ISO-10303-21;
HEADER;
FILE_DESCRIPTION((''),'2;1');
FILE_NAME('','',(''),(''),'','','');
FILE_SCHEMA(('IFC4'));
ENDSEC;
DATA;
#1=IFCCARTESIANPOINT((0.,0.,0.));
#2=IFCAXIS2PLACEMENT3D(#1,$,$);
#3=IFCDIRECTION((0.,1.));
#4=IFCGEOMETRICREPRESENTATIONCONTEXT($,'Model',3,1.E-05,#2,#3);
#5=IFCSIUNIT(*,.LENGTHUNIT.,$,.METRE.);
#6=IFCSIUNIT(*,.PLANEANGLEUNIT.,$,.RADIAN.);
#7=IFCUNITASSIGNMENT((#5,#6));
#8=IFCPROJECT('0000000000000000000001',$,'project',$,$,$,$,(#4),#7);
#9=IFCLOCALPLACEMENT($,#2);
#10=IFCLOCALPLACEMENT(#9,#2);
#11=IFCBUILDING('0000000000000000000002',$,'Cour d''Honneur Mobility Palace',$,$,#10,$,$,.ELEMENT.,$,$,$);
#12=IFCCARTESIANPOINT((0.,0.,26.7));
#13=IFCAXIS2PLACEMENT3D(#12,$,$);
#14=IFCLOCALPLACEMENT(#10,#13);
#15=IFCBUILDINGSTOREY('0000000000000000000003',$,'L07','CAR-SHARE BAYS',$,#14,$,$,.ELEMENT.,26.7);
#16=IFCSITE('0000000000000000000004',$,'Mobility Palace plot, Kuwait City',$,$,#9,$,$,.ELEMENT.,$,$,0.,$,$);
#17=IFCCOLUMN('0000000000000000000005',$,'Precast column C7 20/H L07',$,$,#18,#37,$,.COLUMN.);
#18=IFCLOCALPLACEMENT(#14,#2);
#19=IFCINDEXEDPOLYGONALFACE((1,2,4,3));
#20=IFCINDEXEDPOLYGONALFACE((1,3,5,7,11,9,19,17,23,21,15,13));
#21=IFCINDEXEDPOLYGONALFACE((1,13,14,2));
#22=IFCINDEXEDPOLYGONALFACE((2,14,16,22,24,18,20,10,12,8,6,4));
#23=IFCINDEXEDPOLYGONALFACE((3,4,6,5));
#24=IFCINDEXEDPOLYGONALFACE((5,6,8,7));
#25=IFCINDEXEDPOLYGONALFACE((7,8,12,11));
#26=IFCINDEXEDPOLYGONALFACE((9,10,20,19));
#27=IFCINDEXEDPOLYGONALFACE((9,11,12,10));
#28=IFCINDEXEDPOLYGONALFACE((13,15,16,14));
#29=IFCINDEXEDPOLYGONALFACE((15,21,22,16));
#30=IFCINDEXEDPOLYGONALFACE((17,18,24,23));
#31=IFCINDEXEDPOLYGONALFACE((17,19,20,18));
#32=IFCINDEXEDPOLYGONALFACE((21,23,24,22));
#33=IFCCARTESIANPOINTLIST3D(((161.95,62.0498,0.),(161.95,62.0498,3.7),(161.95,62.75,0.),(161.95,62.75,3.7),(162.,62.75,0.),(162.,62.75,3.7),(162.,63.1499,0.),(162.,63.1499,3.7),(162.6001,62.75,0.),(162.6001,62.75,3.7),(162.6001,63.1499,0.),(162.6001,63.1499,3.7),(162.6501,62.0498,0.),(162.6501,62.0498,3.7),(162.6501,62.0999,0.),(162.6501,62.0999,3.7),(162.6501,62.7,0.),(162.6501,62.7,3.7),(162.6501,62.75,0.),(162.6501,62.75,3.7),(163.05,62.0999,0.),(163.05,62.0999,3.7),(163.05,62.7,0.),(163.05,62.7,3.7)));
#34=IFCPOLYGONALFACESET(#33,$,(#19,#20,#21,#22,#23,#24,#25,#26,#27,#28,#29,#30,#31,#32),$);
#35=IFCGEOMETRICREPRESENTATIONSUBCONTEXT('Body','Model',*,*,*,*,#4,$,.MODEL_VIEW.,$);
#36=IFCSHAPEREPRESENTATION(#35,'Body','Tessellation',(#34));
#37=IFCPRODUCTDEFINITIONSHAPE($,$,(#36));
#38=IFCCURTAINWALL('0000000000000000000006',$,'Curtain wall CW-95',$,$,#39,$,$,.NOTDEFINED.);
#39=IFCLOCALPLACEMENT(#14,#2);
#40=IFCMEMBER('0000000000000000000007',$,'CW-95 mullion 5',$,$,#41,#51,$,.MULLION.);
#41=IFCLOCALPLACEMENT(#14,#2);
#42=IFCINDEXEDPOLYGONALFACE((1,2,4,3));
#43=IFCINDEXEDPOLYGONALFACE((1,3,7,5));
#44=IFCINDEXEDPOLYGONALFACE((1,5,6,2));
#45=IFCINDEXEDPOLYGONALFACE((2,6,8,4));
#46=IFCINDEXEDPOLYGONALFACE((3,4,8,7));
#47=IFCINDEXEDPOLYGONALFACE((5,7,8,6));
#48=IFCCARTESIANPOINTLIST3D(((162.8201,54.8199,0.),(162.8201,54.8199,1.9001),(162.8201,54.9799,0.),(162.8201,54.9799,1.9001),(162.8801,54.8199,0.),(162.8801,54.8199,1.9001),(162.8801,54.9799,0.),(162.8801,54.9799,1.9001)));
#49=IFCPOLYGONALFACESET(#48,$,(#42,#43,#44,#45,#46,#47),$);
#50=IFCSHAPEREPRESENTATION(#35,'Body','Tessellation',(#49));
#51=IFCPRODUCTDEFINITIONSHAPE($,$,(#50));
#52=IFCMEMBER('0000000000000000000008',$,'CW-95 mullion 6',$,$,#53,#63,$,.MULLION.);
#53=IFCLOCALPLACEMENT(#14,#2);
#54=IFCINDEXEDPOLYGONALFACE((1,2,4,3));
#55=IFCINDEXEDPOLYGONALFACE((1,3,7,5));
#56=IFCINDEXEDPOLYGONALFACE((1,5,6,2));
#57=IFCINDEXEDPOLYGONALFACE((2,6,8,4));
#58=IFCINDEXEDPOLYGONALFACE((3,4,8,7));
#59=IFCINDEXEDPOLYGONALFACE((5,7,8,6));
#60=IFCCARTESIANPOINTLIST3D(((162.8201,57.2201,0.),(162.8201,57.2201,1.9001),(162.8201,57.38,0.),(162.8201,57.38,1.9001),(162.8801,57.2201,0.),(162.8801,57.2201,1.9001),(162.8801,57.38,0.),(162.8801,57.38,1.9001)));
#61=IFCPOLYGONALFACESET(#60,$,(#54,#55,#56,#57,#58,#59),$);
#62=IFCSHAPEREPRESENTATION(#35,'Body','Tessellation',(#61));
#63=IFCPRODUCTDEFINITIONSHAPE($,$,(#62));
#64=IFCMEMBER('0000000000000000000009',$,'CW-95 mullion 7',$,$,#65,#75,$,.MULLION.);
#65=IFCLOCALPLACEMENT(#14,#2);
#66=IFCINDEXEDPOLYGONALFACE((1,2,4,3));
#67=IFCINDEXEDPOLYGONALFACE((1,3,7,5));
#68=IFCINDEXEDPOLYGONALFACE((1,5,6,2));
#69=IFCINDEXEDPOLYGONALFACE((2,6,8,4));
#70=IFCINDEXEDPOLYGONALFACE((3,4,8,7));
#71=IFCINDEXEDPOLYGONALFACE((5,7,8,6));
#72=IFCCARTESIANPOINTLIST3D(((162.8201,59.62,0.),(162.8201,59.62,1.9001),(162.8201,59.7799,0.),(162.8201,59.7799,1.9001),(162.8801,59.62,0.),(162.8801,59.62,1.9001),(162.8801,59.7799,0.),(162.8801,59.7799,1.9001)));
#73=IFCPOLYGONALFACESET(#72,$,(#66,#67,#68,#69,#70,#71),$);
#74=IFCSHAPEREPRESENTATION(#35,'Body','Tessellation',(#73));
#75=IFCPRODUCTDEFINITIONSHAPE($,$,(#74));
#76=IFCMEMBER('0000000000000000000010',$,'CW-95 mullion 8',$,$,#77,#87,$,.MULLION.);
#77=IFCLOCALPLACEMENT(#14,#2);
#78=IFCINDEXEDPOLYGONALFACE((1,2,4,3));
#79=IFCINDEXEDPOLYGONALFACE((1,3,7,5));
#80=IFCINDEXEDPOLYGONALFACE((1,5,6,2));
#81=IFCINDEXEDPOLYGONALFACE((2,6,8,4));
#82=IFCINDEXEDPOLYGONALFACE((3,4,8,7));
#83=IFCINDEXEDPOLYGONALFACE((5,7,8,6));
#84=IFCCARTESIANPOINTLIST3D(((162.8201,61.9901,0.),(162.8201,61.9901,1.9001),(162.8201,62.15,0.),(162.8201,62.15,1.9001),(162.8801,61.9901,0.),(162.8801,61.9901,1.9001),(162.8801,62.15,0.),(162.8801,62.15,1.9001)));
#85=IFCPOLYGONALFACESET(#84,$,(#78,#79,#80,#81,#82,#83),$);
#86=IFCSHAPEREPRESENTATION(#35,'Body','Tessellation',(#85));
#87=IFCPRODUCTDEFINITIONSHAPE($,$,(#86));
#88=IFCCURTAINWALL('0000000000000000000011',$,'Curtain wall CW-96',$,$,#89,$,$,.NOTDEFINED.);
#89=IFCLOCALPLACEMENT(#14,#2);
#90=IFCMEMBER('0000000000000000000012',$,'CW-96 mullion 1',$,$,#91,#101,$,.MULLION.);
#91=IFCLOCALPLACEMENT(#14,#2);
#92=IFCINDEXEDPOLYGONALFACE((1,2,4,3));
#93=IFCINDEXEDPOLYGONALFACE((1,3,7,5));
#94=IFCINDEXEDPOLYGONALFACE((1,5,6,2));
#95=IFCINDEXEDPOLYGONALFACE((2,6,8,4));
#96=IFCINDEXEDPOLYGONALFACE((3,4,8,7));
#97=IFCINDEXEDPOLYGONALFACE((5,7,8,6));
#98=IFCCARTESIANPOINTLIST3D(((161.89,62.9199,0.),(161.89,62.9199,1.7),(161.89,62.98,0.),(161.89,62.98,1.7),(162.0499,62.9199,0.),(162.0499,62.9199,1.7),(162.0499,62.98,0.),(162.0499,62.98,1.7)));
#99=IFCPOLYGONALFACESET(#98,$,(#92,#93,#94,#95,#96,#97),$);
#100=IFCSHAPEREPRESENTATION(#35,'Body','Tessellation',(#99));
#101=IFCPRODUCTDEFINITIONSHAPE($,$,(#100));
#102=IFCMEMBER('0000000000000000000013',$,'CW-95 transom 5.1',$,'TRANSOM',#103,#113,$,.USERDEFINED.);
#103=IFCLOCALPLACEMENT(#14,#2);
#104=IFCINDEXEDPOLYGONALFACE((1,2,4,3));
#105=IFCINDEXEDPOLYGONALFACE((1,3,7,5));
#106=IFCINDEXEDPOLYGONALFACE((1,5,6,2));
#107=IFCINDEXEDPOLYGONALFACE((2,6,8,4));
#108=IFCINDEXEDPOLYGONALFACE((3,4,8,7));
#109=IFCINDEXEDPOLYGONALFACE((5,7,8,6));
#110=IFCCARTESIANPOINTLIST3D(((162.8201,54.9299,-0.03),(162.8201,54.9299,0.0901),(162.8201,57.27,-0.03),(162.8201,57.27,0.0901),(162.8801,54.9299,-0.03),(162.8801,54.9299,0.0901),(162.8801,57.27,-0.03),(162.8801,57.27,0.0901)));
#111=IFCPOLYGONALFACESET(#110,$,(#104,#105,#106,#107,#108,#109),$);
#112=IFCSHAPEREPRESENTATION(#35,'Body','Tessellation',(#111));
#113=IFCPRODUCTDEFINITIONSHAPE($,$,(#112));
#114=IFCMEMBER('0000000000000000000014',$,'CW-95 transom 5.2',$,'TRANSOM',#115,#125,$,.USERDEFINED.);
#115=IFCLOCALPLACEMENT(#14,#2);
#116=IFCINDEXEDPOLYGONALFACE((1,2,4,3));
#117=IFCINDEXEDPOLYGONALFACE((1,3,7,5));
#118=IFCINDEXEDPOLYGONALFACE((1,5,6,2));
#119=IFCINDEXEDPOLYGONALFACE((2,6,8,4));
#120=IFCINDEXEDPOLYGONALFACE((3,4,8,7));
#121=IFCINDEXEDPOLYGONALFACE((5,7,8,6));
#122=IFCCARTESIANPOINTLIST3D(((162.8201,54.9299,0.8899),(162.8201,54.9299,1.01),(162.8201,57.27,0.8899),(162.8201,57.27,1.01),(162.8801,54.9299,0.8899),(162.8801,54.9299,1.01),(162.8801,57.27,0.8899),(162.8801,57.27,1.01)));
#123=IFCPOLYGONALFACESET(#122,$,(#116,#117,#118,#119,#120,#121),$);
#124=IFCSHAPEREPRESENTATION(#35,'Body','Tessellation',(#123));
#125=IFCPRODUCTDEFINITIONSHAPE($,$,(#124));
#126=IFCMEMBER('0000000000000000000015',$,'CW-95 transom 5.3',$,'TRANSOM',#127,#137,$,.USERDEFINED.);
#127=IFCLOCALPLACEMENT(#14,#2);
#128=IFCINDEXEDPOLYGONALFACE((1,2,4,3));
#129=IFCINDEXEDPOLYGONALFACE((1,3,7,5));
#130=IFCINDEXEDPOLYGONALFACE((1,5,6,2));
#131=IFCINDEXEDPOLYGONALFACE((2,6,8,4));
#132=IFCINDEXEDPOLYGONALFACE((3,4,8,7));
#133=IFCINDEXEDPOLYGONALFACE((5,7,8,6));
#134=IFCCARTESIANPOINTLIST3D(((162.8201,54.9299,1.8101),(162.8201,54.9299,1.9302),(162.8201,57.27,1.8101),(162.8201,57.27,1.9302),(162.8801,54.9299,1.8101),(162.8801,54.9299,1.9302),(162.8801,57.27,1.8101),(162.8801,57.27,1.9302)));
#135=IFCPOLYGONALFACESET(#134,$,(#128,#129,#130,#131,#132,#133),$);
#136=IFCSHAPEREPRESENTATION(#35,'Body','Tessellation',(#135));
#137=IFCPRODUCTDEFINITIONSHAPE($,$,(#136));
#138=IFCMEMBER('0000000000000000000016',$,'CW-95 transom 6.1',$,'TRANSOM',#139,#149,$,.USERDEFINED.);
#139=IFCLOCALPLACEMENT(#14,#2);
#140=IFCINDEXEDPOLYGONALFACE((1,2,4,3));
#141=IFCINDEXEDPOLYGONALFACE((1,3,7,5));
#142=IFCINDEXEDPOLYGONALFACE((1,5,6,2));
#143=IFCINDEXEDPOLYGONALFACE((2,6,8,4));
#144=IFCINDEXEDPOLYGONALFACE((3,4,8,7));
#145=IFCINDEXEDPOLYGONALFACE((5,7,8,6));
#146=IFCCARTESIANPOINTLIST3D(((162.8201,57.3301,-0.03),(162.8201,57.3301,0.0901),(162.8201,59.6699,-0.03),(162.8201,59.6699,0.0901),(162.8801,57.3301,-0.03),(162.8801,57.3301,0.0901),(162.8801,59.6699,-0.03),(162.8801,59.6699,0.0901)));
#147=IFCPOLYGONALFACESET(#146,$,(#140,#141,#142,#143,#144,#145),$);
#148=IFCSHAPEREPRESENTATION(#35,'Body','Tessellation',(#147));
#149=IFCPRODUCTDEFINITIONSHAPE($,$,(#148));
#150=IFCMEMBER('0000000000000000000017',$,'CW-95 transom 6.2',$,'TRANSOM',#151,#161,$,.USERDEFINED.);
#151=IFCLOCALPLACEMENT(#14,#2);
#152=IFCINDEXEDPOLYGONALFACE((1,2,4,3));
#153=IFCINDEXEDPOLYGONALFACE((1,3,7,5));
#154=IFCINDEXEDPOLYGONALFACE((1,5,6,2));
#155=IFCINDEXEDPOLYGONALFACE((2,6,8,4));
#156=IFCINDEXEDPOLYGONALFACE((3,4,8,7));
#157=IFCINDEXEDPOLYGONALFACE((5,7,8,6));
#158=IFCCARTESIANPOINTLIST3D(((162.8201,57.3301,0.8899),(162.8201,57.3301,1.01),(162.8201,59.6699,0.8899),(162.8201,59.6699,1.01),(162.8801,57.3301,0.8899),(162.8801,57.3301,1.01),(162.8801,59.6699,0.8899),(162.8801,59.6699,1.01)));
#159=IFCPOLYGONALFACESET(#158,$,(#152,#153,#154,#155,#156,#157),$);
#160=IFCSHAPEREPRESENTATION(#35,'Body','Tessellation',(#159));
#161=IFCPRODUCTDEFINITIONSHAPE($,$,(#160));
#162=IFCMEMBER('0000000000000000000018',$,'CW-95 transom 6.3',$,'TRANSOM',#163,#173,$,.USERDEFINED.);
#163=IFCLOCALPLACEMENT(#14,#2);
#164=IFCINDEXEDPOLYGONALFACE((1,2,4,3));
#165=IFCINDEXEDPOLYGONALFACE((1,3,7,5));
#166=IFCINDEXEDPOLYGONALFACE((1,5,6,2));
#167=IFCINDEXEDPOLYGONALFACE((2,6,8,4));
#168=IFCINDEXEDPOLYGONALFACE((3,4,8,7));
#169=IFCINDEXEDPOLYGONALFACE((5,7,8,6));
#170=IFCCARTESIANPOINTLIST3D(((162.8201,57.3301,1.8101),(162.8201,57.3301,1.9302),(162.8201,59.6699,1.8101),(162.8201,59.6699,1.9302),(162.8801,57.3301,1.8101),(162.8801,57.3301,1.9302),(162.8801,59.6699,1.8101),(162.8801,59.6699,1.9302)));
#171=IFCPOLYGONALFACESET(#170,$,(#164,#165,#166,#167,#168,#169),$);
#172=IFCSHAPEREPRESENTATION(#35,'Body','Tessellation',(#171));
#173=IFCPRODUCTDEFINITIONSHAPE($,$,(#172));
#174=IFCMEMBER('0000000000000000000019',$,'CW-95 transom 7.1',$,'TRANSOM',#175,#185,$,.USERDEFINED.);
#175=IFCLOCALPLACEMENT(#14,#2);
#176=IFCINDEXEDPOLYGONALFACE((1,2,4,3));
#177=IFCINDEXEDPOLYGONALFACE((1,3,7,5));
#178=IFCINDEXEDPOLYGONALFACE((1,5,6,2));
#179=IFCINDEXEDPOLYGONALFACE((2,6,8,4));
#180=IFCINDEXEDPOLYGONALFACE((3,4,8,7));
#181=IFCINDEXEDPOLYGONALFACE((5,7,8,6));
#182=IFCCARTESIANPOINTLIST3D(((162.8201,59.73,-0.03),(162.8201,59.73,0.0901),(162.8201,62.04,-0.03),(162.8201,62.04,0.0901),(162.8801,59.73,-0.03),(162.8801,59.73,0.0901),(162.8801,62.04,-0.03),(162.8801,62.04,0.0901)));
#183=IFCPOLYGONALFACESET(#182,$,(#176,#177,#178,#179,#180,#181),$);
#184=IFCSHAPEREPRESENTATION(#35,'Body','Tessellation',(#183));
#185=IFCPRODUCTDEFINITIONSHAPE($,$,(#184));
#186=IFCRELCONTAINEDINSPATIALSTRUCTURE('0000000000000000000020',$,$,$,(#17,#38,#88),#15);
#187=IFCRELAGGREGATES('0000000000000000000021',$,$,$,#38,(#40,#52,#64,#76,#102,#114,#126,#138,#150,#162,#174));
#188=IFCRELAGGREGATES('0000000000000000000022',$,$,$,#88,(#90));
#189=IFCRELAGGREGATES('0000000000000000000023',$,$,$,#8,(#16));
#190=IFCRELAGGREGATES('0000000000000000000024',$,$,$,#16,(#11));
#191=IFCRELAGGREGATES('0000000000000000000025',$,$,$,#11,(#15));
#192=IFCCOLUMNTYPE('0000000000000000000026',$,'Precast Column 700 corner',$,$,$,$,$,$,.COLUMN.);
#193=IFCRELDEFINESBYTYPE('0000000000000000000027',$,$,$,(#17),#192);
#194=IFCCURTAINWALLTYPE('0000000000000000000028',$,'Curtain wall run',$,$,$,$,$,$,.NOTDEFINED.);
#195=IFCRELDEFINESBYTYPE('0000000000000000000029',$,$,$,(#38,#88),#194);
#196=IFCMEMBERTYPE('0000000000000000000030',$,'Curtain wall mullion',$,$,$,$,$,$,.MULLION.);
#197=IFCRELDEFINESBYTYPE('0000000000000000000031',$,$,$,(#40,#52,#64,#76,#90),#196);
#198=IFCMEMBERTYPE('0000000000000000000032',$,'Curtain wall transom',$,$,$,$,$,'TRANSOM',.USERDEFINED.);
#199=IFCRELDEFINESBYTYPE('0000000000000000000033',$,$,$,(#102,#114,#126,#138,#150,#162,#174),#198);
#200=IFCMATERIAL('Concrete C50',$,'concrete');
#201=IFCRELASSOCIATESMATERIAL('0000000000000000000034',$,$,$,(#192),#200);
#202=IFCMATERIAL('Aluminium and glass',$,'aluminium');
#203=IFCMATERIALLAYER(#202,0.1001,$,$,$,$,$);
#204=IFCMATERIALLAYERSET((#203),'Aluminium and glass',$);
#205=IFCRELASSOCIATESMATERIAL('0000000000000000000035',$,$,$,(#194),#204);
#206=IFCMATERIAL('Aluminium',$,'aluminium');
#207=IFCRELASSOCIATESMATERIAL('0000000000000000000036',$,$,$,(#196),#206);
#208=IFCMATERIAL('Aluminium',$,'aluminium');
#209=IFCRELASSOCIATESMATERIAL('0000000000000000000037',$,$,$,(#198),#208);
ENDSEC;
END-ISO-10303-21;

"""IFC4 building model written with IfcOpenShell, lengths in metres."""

from ifc_helpers import new_model, si_unit, direction, frame, origin, origin_2d, place, context, subcontext, project, spatial, polyline, rectangle, outline, extrude, material, layer, layer_set, material_profile, profile_set, type_object, element, aggregate, save


model = new_model("IFC4")

# Units and contexts
model_context = context("Model", 3, precision=1e-05, world=origin(), true_north=direction((0.0, 1.0)))
body_context = subcontext(model_context, "Body", "Model", "MODEL_VIEW")
ifc_project = project(units=[si_unit("LENGTHUNIT", "METRE"), si_unit("PLANEANGLEUNIT", "RADIAN")], contexts=[model_context])

# Site, building, storey
site_placement = place(None, origin())
site = spatial("IfcSite", under=ifc_project, at=site_placement, Name="Mobility Palace plot, Kuwait City", CompositionType="ELEMENT", RefElevation=0.0)
building_placement = place(site_placement, origin())
building = spatial("IfcBuilding", under=site, at=building_placement, Name="Cour d'Honneur Mobility Palace", CompositionType="ELEMENT")
storey_placement = place(building_placement, frame((0.0, 0.0, 26.7)))
storey = spatial("IfcBuildingStorey", under=building, at=storey_placement, Name="L07", Description="CAR-SHARE BAYS", CompositionType="ELEMENT", Elevation=26.7)

# Column
ifc_material_1 = material(Name="Concrete C50", Category="concrete")
ifc_material_profile_1 = material_profile(ifc_material_1, outline(polyline([(-0.3501, -0.3501), (0.3501, -0.3501), (0.3501, -0.3), (0.75, -0.3), (0.75, 0.3), (0.3501, 0.3), (0.3501, 0.3501), (0.3, 0.3501), (0.3, 0.75), (-0.3, 0.75), (-0.3, 0.3501), (-0.3501, 0.3501), (-0.3501, -0.3501)])), Name="PC C700 corner")
ifc_profile_set_1 = profile_set([ifc_material_profile_1], Name="Concrete C50")
column_type = type_object("IfcColumnType", Name="Precast Column 700 corner", PredefinedType="COLUMN", material=ifc_profile_set_1)
column_placement = place(storey_placement, frame((162.3, 62.3999, 0.0), z_axis=(0.0, 0.0, 1.0), x_axis=(1.0, 0.0, 0.0)))
element("IfcColumn", 1, at=column_placement, inside=storey, type_object=column_type, Name="Precast column C7 20/H L07", PredefinedType="COLUMN", context=body_context, shape_type="SweptSolid", body=[
    extrude(outline(polyline([(-0.3501, -0.3501), (0.3501, -0.3501), (0.3501, -0.3), (0.75, -0.3), (0.75, 0.3), (0.3501, 0.3), (0.3501, 0.3501), (0.3, 0.3501), (0.3, 0.75), (-0.3, 0.75), (-0.3, 0.3501), (-0.3501, 0.3501), (-0.3501, -0.3501)])), origin(), (0.0, 0.0, 1.0), 3.7),
])

# Curtain wall, members
ifc_material_2 = material(Name="Aluminium and glass", Category="aluminium")
ifc_layer_1 = layer(ifc_material_2, 0.1001)
ifc_layer_set_1 = layer_set([ifc_layer_1], Name="Aluminium and glass")
curtain_wall_type = type_object("IfcCurtainWallType", Name="Curtain wall run", PredefinedType="NOTDEFINED", material=ifc_layer_set_1)
curtain_wall_1_placement = place(storey_placement, origin())
curtain_wall_1 = element("IfcCurtainWall", 2, at=curtain_wall_1_placement, inside=storey, type_object=curtain_wall_type, Name="Curtain wall CW-95", PredefinedType="NOTDEFINED")
ifc_material_3 = material(Name="Aluminium", Category="aluminium")
ifc_material_profile_2 = material_profile(ifc_material_3, rectangle(XDim=0.0601, YDim=0.1599, at=origin_2d()), Name="Curtain wall mullion")
ifc_profile_set_2 = profile_set([ifc_material_profile_2], Name="Aluminium")
member_type_1 = type_object("IfcMemberType", Name="Curtain wall mullion", PredefinedType="MULLION", material=ifc_profile_set_2)
member_1_placement = place(storey_placement, frame((162.8501, 54.8999, 0.0), z_axis=(0.0, 0.0, 1.0), x_axis=(-1.0, 0.0, 0.0)))
member_1 = element("IfcMember", 3, at=member_1_placement, type_object=member_type_1, Name="CW-95 mullion 5", PredefinedType="MULLION", context=body_context, shape_type="SweptSolid", body=[
    extrude(rectangle(XDim=0.0601, YDim=0.1599, at=origin_2d()), origin(), (0.0, 0.0, 1.0), 1.9001),
])
member_2_placement = place(storey_placement, frame((162.8501, 57.3, 0.0), z_axis=(0.0, 0.0, 1.0), x_axis=(-1.0, 0.0, 0.0)))
member_2 = element("IfcMember", 4, at=member_2_placement, type_object=member_type_1, Name="CW-95 mullion 6", PredefinedType="MULLION", context=body_context, shape_type="SweptSolid", body=[
    extrude(rectangle(XDim=0.0601, YDim=0.1599, at=origin_2d()), origin(), (0.0, 0.0, 1.0), 1.9001),
])
member_3_placement = place(storey_placement, frame((162.8501, 59.7, 0.0), z_axis=(0.0, 0.0, 1.0), x_axis=(-1.0, 0.0, 0.0)))
member_3 = element("IfcMember", 5, at=member_3_placement, type_object=member_type_1, Name="CW-95 mullion 7", PredefinedType="MULLION", context=body_context, shape_type="SweptSolid", body=[
    extrude(rectangle(XDim=0.0601, YDim=0.1599, at=origin_2d()), origin(), (0.0, 0.0, 1.0), 1.9001),
])
member_4_placement = place(storey_placement, frame((162.8501, 62.0701, 0.0), z_axis=(0.0, 0.0, 1.0), x_axis=(-1.0, 0.0, 0.0)))
member_4 = element("IfcMember", 6, at=member_4_placement, type_object=member_type_1, Name="CW-95 mullion 8", PredefinedType="MULLION", context=body_context, shape_type="SweptSolid", body=[
    extrude(rectangle(XDim=0.0601, YDim=0.1599, at=origin_2d()), origin(), (0.0, 0.0, 1.0), 1.9001),
])

# Curtain wall, member
curtain_wall_2_placement = place(storey_placement, origin())
curtain_wall_2 = element("IfcCurtainWall", 7, at=curtain_wall_2_placement, inside=storey, type_object=curtain_wall_type, Name="Curtain wall CW-96", PredefinedType="NOTDEFINED")
member_5_placement = place(storey_placement, frame((161.97, 62.95, 0.0), z_axis=(0.0, 0.0, 1.0), x_axis=(0.0, -1.0, 0.0)))
member_5 = element("IfcMember", 8, at=member_5_placement, type_object=member_type_1, Name="CW-96 mullion 1", PredefinedType="MULLION", context=body_context, shape_type="SweptSolid", body=[
    extrude(rectangle(XDim=0.0601, YDim=0.1599, at=origin_2d()), origin(), (0.0, 0.0, 1.0), 1.7),
])

# Members
ifc_material_4 = material(Name="Aluminium", Category="aluminium")
ifc_material_profile_3 = material_profile(ifc_material_4, rectangle(XDim=0.0601, YDim=0.1201, at=origin_2d()), Name="Curtain wall transom")
ifc_profile_set_3 = profile_set([ifc_material_profile_3], Name="Aluminium")
member_type_2 = type_object("IfcMemberType", Name="Curtain wall transom", ElementType="TRANSOM", PredefinedType="USERDEFINED", material=ifc_profile_set_3)
member_6_placement = place(storey_placement, frame((162.8501, 54.9299, 0.03), z_axis=(0.0, 1.0, 0.0), x_axis=(-1.0, 0.0, 0.0)))
member_6 = element("IfcMember", 9, at=member_6_placement, type_object=member_type_2, Name="CW-95 transom 5.1", ObjectType="TRANSOM", PredefinedType="USERDEFINED", context=body_context, shape_type="SweptSolid", body=[
    extrude(rectangle(XDim=0.0601, YDim=0.1201, at=origin_2d()), origin(), (0.0, 0.0, 1.0), 2.3401),
])
member_7_placement = place(storey_placement, frame((162.8501, 54.9299, 0.95), z_axis=(0.0, 1.0, 0.0), x_axis=(-1.0, 0.0, 0.0)))
member_7 = element("IfcMember", 10, at=member_7_placement, type_object=member_type_2, Name="CW-95 transom 5.2", ObjectType="TRANSOM", PredefinedType="USERDEFINED", context=body_context, shape_type="SweptSolid", body=[
    extrude(rectangle(XDim=0.0601, YDim=0.1201, at=origin_2d()), origin(), (0.0, 0.0, 1.0), 2.3401),
])
member_8_placement = place(storey_placement, frame((162.8501, 54.9299, 1.8701), z_axis=(0.0, 1.0, 0.0), x_axis=(-1.0, 0.0, 0.0)))
member_8 = element("IfcMember", 11, at=member_8_placement, type_object=member_type_2, Name="CW-95 transom 5.3", ObjectType="TRANSOM", PredefinedType="USERDEFINED", context=body_context, shape_type="SweptSolid", body=[
    extrude(rectangle(XDim=0.0601, YDim=0.1201, at=origin_2d()), origin(), (0.0, 0.0, 1.0), 2.3401),
])
member_9_placement = place(storey_placement, frame((162.8501, 57.3301, 0.03), z_axis=(0.0, 1.0, 0.0), x_axis=(-1.0, 0.0, 0.0)))
member_9 = element("IfcMember", 12, at=member_9_placement, type_object=member_type_2, Name="CW-95 transom 6.1", ObjectType="TRANSOM", PredefinedType="USERDEFINED", context=body_context, shape_type="SweptSolid", body=[
    extrude(rectangle(XDim=0.0601, YDim=0.1201, at=origin_2d()), origin(), (0.0, 0.0, 1.0), 2.3398),
])
member_10_placement = place(storey_placement, frame((162.8501, 57.3301, 0.95), z_axis=(0.0, 1.0, 0.0), x_axis=(-1.0, 0.0, 0.0)))
member_10 = element("IfcMember", 13, at=member_10_placement, type_object=member_type_2, Name="CW-95 transom 6.2", ObjectType="TRANSOM", PredefinedType="USERDEFINED", context=body_context, shape_type="SweptSolid", body=[
    extrude(rectangle(XDim=0.0601, YDim=0.1201, at=origin_2d()), origin(), (0.0, 0.0, 1.0), 2.3398),
])
member_11_placement = place(storey_placement, frame((162.8501, 57.3301, 1.8701), z_axis=(0.0, 1.0, 0.0), x_axis=(-1.0, 0.0, 0.0)))
member_11 = element("IfcMember", 14, at=member_11_placement, type_object=member_type_2, Name="CW-95 transom 6.3", ObjectType="TRANSOM", PredefinedType="USERDEFINED", context=body_context, shape_type="SweptSolid", body=[
    extrude(rectangle(XDim=0.0601, YDim=0.1201, at=origin_2d()), origin(), (0.0, 0.0, 1.0), 2.3398),
])
member_12_placement = place(storey_placement, frame((162.8501, 59.73, 0.03), z_axis=(0.0, 1.0, 0.0), x_axis=(-1.0, 0.0, 0.0)))
member_12 = element("IfcMember", 15, at=member_12_placement, type_object=member_type_2, Name="CW-95 transom 7.1", ObjectType="TRANSOM", PredefinedType="USERDEFINED", context=body_context, shape_type="SweptSolid", body=[
    extrude(rectangle(XDim=0.0601, YDim=0.1201, at=origin_2d()), origin(), (0.0, 0.0, 1.0), 2.3101),
])

aggregate(curtain_wall_1, [member_1, member_2, member_3, member_4, member_6, member_7, member_8, member_9, member_10, member_11, member_12])
aggregate(curtain_wall_2, [member_5])

save(model, "model.ifc")
